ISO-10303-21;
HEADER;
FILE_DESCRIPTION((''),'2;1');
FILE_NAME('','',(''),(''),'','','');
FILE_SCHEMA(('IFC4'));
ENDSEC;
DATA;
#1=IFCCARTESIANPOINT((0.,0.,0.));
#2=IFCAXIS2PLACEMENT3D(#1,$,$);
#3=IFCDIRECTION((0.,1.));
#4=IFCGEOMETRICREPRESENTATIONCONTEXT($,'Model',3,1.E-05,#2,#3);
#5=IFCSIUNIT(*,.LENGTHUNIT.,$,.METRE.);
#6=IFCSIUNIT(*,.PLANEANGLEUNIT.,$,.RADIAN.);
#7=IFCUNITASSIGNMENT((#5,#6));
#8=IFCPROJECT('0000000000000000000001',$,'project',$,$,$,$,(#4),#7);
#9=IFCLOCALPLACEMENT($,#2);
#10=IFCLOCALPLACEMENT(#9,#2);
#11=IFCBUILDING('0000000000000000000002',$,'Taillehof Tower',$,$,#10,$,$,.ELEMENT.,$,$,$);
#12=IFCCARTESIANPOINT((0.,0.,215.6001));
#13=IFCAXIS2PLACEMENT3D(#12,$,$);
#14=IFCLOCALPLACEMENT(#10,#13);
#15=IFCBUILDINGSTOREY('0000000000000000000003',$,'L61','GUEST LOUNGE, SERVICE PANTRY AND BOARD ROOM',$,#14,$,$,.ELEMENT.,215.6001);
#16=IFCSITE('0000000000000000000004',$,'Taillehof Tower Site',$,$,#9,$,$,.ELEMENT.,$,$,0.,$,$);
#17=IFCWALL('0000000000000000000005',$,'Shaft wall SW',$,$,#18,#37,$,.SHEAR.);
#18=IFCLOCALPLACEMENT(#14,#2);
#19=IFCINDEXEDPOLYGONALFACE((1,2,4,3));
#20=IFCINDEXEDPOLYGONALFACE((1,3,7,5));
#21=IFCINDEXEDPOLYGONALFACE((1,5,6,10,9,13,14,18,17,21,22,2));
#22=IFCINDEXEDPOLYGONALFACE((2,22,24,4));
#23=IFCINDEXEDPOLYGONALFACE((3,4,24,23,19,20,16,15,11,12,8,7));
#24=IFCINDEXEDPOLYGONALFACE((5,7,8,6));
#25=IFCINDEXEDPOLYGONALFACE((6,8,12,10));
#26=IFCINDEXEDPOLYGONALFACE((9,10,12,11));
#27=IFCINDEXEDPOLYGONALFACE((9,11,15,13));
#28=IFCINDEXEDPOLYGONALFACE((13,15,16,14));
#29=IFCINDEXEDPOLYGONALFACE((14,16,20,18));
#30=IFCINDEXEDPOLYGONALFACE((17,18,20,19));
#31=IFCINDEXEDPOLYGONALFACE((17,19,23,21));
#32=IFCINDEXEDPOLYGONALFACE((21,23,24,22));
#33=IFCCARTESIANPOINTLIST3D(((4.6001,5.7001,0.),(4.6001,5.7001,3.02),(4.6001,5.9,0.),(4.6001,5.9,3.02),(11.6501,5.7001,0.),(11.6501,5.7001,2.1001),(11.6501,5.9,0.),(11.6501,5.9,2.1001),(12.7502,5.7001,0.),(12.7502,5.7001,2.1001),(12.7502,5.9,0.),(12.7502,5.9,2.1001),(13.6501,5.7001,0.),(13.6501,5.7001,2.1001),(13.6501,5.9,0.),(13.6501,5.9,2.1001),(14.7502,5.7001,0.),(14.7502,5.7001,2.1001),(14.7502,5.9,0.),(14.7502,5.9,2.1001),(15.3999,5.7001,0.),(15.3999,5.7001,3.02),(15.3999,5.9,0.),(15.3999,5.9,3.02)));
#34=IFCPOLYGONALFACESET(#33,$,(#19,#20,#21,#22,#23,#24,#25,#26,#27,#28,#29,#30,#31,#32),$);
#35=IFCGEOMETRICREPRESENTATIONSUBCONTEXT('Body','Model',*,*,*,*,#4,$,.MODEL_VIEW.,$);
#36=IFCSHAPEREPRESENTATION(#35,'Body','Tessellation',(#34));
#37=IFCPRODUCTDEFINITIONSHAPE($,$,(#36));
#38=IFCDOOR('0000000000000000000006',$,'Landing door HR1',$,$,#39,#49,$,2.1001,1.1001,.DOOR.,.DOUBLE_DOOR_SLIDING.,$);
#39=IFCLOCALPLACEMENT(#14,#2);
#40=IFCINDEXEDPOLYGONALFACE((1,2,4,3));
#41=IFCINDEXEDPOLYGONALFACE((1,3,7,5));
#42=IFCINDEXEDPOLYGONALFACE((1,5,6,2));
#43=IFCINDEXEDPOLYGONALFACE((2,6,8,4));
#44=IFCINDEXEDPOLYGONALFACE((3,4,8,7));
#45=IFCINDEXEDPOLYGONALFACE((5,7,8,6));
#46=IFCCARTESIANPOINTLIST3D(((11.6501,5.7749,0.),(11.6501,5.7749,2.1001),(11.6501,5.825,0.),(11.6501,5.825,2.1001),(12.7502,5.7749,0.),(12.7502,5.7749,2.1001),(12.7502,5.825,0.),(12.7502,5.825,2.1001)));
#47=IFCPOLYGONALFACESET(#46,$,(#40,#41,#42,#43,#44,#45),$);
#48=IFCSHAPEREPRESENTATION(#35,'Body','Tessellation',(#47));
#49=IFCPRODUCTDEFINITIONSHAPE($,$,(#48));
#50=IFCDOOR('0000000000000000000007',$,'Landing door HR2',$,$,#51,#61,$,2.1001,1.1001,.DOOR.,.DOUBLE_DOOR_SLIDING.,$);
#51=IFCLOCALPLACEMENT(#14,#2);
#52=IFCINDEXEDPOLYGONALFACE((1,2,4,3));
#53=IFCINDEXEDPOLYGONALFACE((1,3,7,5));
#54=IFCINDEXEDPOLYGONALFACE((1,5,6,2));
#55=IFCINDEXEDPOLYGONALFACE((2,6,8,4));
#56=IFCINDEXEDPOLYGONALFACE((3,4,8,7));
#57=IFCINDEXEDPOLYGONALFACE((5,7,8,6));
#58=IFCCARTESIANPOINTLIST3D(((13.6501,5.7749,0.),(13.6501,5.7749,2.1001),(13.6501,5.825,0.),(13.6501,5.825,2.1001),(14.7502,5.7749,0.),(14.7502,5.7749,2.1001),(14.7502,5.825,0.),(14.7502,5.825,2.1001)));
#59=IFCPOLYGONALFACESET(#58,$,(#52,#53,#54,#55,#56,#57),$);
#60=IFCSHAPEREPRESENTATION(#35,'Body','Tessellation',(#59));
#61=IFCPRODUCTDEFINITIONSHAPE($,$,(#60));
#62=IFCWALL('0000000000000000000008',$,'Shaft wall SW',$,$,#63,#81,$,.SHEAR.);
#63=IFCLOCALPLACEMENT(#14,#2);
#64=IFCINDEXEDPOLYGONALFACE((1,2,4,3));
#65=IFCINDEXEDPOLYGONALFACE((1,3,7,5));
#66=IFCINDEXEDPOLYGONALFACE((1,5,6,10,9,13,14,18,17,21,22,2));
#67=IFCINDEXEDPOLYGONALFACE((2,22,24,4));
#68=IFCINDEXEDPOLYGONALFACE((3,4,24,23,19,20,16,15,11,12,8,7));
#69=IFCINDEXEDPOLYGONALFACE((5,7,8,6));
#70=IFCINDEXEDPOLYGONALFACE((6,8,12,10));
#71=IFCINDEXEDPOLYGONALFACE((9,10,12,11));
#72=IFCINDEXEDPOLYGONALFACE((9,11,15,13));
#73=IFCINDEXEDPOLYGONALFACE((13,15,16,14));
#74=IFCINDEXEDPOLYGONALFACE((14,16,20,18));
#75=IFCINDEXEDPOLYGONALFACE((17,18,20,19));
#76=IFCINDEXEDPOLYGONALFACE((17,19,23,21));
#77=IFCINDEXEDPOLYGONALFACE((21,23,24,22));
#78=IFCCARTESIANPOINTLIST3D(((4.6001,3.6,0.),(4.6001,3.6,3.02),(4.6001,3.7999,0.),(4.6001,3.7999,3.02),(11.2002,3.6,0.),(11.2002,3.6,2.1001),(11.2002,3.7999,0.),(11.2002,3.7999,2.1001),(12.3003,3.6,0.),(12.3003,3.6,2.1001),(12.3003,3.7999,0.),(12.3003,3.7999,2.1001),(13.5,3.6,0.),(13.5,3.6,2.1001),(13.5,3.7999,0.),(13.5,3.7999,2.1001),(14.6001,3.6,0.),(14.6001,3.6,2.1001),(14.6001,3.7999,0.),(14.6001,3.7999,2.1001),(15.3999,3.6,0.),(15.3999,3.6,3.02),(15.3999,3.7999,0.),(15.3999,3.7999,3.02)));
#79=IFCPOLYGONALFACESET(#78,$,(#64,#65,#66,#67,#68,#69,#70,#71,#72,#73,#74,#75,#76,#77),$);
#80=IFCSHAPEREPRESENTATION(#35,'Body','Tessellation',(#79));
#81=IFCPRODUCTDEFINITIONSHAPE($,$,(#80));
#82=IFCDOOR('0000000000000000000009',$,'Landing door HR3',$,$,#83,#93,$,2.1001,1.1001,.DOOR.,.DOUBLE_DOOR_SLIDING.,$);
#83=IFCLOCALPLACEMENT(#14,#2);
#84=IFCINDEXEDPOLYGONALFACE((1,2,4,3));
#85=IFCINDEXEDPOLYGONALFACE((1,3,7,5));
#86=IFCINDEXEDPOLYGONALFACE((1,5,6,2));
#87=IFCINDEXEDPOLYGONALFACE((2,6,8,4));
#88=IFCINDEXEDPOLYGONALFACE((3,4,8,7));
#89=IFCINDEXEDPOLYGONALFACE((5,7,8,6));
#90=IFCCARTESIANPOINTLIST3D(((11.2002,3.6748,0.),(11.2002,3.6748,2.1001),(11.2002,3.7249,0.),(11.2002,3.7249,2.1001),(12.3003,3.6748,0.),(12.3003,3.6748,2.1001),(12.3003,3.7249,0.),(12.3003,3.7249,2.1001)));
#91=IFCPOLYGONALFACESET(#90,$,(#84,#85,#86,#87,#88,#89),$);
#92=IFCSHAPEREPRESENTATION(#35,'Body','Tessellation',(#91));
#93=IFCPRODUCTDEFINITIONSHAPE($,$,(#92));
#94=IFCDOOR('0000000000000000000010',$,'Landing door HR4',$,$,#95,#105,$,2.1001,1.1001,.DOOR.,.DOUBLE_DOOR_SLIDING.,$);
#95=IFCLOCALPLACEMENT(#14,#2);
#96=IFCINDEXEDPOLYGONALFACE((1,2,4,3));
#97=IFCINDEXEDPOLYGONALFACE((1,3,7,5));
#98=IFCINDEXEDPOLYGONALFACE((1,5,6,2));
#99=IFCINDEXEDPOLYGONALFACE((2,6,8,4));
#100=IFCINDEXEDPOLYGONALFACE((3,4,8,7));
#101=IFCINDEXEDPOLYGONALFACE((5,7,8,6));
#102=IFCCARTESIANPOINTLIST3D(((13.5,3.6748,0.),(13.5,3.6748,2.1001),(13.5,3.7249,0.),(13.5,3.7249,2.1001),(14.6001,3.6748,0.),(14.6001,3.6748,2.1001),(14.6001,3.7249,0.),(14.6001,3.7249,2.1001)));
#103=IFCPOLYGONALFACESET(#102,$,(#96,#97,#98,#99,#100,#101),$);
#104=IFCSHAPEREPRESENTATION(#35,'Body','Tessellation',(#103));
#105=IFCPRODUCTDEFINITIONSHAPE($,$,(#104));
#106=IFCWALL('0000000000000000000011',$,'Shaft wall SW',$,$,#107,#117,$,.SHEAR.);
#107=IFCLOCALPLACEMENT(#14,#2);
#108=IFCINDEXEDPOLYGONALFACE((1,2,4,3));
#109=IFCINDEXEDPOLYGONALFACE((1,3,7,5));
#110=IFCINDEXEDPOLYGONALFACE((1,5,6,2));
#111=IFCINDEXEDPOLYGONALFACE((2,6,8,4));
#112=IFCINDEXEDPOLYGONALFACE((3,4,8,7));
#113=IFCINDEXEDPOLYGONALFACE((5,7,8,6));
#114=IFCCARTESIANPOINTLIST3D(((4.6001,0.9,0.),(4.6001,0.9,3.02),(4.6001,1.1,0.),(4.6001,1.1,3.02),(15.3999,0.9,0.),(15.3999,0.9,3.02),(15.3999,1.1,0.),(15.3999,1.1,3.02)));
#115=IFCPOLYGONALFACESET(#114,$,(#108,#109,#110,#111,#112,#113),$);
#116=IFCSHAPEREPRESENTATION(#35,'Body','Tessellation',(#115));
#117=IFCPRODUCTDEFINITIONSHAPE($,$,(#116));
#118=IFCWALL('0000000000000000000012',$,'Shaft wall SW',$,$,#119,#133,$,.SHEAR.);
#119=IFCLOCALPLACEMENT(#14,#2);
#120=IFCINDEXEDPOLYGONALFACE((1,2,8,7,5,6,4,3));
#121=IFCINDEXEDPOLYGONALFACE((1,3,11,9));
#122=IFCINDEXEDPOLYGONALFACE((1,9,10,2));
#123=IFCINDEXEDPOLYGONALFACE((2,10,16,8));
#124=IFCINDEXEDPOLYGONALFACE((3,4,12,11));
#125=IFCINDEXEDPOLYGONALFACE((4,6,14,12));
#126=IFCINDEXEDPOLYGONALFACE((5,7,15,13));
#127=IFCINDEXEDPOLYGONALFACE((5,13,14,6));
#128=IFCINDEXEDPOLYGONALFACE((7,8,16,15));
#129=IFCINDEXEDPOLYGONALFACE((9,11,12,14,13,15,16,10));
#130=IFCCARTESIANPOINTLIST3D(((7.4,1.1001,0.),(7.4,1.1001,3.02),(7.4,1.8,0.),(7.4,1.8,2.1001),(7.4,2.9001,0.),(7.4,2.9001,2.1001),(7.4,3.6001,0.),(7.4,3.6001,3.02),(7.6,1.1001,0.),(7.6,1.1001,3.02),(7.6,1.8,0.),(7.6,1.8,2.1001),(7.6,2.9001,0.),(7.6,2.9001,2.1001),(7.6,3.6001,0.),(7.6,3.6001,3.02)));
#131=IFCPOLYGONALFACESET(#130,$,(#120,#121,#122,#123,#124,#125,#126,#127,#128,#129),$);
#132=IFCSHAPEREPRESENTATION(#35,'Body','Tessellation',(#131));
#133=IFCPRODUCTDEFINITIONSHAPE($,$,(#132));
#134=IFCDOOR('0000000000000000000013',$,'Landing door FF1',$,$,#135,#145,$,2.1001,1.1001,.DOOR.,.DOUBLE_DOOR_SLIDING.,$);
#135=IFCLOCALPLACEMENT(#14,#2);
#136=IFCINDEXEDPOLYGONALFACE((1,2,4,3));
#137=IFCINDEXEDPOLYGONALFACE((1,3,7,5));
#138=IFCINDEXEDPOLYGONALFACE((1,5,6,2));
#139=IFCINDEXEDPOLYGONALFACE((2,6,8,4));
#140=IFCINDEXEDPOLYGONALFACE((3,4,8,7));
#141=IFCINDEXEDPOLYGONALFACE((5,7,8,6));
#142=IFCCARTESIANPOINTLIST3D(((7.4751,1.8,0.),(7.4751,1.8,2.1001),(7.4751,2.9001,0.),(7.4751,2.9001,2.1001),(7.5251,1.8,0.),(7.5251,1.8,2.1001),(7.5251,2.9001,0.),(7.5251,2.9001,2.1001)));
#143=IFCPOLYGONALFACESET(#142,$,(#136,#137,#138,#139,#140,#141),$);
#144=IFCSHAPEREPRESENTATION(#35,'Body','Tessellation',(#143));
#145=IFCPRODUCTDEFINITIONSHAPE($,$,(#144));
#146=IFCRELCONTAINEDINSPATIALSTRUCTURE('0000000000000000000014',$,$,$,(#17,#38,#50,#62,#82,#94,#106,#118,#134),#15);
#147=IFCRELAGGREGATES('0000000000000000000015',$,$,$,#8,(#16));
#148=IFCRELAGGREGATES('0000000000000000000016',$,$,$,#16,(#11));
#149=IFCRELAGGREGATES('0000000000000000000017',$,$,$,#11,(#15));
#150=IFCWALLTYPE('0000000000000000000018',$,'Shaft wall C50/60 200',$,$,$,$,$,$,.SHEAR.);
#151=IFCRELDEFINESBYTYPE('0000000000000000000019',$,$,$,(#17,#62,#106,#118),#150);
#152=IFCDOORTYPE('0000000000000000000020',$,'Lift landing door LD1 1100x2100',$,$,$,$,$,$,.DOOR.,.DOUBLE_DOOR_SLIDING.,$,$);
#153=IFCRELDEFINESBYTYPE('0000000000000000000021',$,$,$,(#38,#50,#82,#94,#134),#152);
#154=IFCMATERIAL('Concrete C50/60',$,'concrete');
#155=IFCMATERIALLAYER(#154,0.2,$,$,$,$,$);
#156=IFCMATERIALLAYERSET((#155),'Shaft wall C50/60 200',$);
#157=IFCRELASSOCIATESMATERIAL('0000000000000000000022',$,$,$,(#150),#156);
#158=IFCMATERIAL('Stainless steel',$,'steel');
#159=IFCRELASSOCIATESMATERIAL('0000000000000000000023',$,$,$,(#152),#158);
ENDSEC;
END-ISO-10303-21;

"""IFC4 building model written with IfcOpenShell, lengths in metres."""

from ifc_helpers import new_model, si_unit, direction, frame, frame_2d, origin, place, context, subcontext, project, spatial, rectangle, extrude, material, layer, layer_set, type_object, element, fill, save


model = new_model("IFC4")

# Units and contexts
model_context = context("Model", 3, precision=1e-05, world=origin(), true_north=direction((0.0, 1.0)))
body_context = subcontext(model_context, "Body", "Model", "MODEL_VIEW")
ifc_project = project(units=[si_unit("LENGTHUNIT", "METRE"), si_unit("PLANEANGLEUNIT", "RADIAN")], contexts=[model_context])

# Site, building, storey
site_placement = place(None, origin())
site = spatial("IfcSite", under=ifc_project, at=site_placement, Name="Taillehof Tower Site", CompositionType="ELEMENT", RefElevation=0.0)
building_placement = place(site_placement, origin())
building = spatial("IfcBuilding", under=site, at=building_placement, Name="Taillehof Tower", CompositionType="ELEMENT")
storey_placement = place(building_placement, frame((0.0, 0.0, 215.6001)))
storey = spatial("IfcBuildingStorey", under=building, at=storey_placement, Name="L61", Description="GUEST LOUNGE, SERVICE PANTRY AND BOARD ROOM", CompositionType="ELEMENT", Elevation=215.6001)

# Walls, openings, doors
ifc_material_1 = material(Name="Concrete C50/60", Category="concrete")
ifc_layer_1 = layer(ifc_material_1, 0.2)
ifc_layer_set_1 = layer_set([ifc_layer_1], Name="Shaft wall C50/60 200")
wall_type_1 = type_object("IfcWallType", Name="Shaft wall C50/60 200", PredefinedType="SHEAR", material=ifc_layer_set_1)
wall_1_placement = place(storey_placement, frame((4.6001, 5.8, 0.0), z_axis=(0.0, 0.0, 1.0), x_axis=(1.0, 0.0, 0.0)))
wall_1 = element("IfcWall", 1, at=wall_1_placement, inside=storey, type_object=wall_type_1, Name="Shaft wall SW", PredefinedType="SHEAR", context=body_context, shape_type="SweptSolid", body=[
    extrude(rectangle(XDim=10.7998, YDim=0.2, at=frame_2d((5.3999, 0.0))), origin(), (0.0, 0.0, 1.0), 3.02),
])
opening_1_placement = place(wall_1_placement, frame((7.05, 0.0, 0.0)))
opening_1 = element("IfcOpeningElement", 2, at=opening_1_placement, cuts=wall_1, PredefinedType="OPENING", context=body_context, shape_type="SweptSolid", body=[
    extrude(rectangle(XDim=1.1001, YDim=2.1001, at=frame_2d((0.55, 1.05))), frame((0.0, 0.1099, 0.0), z_axis=(0.0, -1.0, 0.0), x_axis=(1.0, 0.0, 0.0)), (0.0, 0.0, 1.0), 0.22),
])
opening_2_placement = place(wall_1_placement, frame((9.05, 0.0, 0.0)))
opening_2 = element("IfcOpeningElement", 3, at=opening_2_placement, cuts=wall_1, PredefinedType="OPENING", context=body_context, shape_type="SweptSolid", body=[
    extrude(rectangle(XDim=1.1001, YDim=2.1001, at=frame_2d((0.55, 1.05))), frame((0.0, 0.1099, 0.0), z_axis=(0.0, -1.0, 0.0), x_axis=(1.0, 0.0, 0.0)), (0.0, 0.0, 1.0), 0.22),
])
ifc_material_2 = material(Name="Stainless steel", Category="steel")
door_type_1 = type_object("IfcDoorType", Name="Lift landing door LD1 1100x2100", OperationType="DOUBLE_DOOR_SLIDING", PredefinedType="DOOR", material=ifc_material_2)
door_1_placement = place(opening_1_placement, origin())
door_1 = element("IfcDoor", 4, at=door_1_placement, inside=storey, type_object=door_type_1, Name="Landing door HR1", OperationType="DOUBLE_DOOR_SLIDING", OverallHeight=2.1001, OverallWidth=1.1001, PredefinedType="DOOR", context=body_context, shape_type="SweptSolid", body=[
    extrude(rectangle(XDim=1.1001, YDim=2.1001, at=frame_2d((0.55, 1.05))), frame((0.0, 0.0249, 0.0), z_axis=(0.0, -1.0, 0.0), x_axis=(1.0, 0.0, 0.0)), (0.0, 0.0, 1.0), 0.05),
])
fill(opening_1, door_1)
door_2_placement = place(opening_2_placement, origin())
door_2 = element("IfcDoor", 5, at=door_2_placement, inside=storey, type_object=door_type_1, Name="Landing door HR2", OperationType="DOUBLE_DOOR_SLIDING", OverallHeight=2.1001, OverallWidth=1.1001, PredefinedType="DOOR", context=body_context, shape_type="SweptSolid", body=[
    extrude(rectangle(XDim=1.1001, YDim=2.1001, at=frame_2d((0.55, 1.05))), frame((0.0, 0.0249, 0.0), z_axis=(0.0, -1.0, 0.0), x_axis=(1.0, 0.0, 0.0)), (0.0, 0.0, 1.0), 0.05),
])
fill(opening_2, door_2)
wall_2_placement = place(storey_placement, frame((4.6001, 3.7, 0.0), z_axis=(0.0, 0.0, 1.0), x_axis=(1.0, 0.0, 0.0)))
wall_2 = element("IfcWall", 6, at=wall_2_placement, inside=storey, type_object=wall_type_1, Name="Shaft wall SW", PredefinedType="SHEAR", context=body_context, shape_type="SweptSolid", body=[
    extrude(rectangle(XDim=10.7998, YDim=0.2, at=frame_2d((5.3999, 0.0))), origin(), (0.0, 0.0, 1.0), 3.02),
])
opening_3_placement = place(wall_2_placement, frame((6.6001, 0.0, 0.0)))
opening_3 = element("IfcOpeningElement", 7, at=opening_3_placement, cuts=wall_2, PredefinedType="OPENING", context=body_context, shape_type="SweptSolid", body=[
    extrude(rectangle(XDim=1.1001, YDim=2.1001, at=frame_2d((0.55, 1.05))), frame((0.0, 0.1099, 0.0), z_axis=(0.0, -1.0, 0.0), x_axis=(1.0, 0.0, 0.0)), (0.0, 0.0, 1.0), 0.22),
])
opening_4_placement = place(wall_2_placement, frame((8.8999, 0.0, 0.0)))
opening_4 = element("IfcOpeningElement", 8, at=opening_4_placement, cuts=wall_2, PredefinedType="OPENING", context=body_context, shape_type="SweptSolid", body=[
    extrude(rectangle(XDim=1.1001, YDim=2.1001, at=frame_2d((0.55, 1.05))), frame((0.0, 0.1099, 0.0), z_axis=(0.0, -1.0, 0.0), x_axis=(1.0, 0.0, 0.0)), (0.0, 0.0, 1.0), 0.22),
])
door_3_placement = place(opening_3_placement, origin())
door_3 = element("IfcDoor", 9, at=door_3_placement, inside=storey, type_object=door_type_1, Name="Landing door HR3", OperationType="DOUBLE_DOOR_SLIDING", OverallHeight=2.1001, OverallWidth=1.1001, PredefinedType="DOOR", context=body_context, shape_type="SweptSolid", body=[
    extrude(rectangle(XDim=1.1001, YDim=2.1001, at=frame_2d((0.55, 1.05))), frame((0.0, 0.0249, 0.0), z_axis=(0.0, -1.0, 0.0), x_axis=(1.0, 0.0, 0.0)), (0.0, 0.0, 1.0), 0.05),
])
fill(opening_3, door_3)
door_4_placement = place(opening_4_placement, origin())
door_4 = element("IfcDoor", 10, at=door_4_placement, inside=storey, type_object=door_type_1, Name="Landing door HR4", OperationType="DOUBLE_DOOR_SLIDING", OverallHeight=2.1001, OverallWidth=1.1001, PredefinedType="DOOR", context=body_context, shape_type="SweptSolid", body=[
    extrude(rectangle(XDim=1.1001, YDim=2.1001, at=frame_2d((0.55, 1.05))), frame((0.0, 0.0249, 0.0), z_axis=(0.0, -1.0, 0.0), x_axis=(1.0, 0.0, 0.0)), (0.0, 0.0, 1.0), 0.05),
])
fill(opening_4, door_4)

# Wall
wall_3_placement = place(storey_placement, frame((4.6001, 1.0, 0.0), z_axis=(0.0, 0.0, 1.0), x_axis=(1.0, 0.0, 0.0)))
element("IfcWall", 11, at=wall_3_placement, inside=storey, type_object=wall_type_1, Name="Shaft wall SW", PredefinedType="SHEAR", context=body_context, shape_type="SweptSolid", body=[
    extrude(rectangle(XDim=10.7998, YDim=0.2, at=frame_2d((5.3999, 0.0))), origin(), (0.0, 0.0, 1.0), 3.02),
])

# Wall, opening, door
wall_4_placement = place(storey_placement, frame((7.5, 1.1001, 0.0), z_axis=(0.0, 0.0, 1.0), x_axis=(0.0, 1.0, 0.0)))
wall_4 = element("IfcWall", 12, at=wall_4_placement, inside=storey, type_object=wall_type_1, Name="Shaft wall SW", PredefinedType="SHEAR", context=body_context, shape_type="SweptSolid", body=[
    extrude(rectangle(XDim=2.5, YDim=0.2, at=frame_2d((1.25, 0.0))), origin(), (0.0, 0.0, 1.0), 3.02),
])
opening_5_placement = place(wall_4_placement, frame((0.7, 0.0, 0.0)))
opening_5 = element("IfcOpeningElement", 13, at=opening_5_placement, cuts=wall_4, PredefinedType="OPENING", context=body_context, shape_type="SweptSolid", body=[
    extrude(rectangle(XDim=1.1001, YDim=2.1001, at=frame_2d((0.55, 1.05))), frame((0.0, 0.1099, 0.0), z_axis=(0.0, -1.0, 0.0), x_axis=(1.0, 0.0, 0.0)), (0.0, 0.0, 1.0), 0.22),
])
door_5_placement = place(opening_5_placement, origin())
door_5 = element("IfcDoor", 14, at=door_5_placement, inside=storey, type_object=door_type_1, Name="Landing door FF1", OperationType="DOUBLE_DOOR_SLIDING", OverallHeight=2.1001, OverallWidth=1.1001, PredefinedType="DOOR", context=body_context, shape_type="SweptSolid", body=[
    extrude(rectangle(XDim=1.1001, YDim=2.1001, at=frame_2d((0.55, 1.05))), frame((0.0, 0.0249, 0.0), z_axis=(0.0, -1.0, 0.0), x_axis=(1.0, 0.0, 0.0)), (0.0, 0.0, 1.0), 0.05),
])
fill(opening_5, door_5)

save(model, "model.ifc")
